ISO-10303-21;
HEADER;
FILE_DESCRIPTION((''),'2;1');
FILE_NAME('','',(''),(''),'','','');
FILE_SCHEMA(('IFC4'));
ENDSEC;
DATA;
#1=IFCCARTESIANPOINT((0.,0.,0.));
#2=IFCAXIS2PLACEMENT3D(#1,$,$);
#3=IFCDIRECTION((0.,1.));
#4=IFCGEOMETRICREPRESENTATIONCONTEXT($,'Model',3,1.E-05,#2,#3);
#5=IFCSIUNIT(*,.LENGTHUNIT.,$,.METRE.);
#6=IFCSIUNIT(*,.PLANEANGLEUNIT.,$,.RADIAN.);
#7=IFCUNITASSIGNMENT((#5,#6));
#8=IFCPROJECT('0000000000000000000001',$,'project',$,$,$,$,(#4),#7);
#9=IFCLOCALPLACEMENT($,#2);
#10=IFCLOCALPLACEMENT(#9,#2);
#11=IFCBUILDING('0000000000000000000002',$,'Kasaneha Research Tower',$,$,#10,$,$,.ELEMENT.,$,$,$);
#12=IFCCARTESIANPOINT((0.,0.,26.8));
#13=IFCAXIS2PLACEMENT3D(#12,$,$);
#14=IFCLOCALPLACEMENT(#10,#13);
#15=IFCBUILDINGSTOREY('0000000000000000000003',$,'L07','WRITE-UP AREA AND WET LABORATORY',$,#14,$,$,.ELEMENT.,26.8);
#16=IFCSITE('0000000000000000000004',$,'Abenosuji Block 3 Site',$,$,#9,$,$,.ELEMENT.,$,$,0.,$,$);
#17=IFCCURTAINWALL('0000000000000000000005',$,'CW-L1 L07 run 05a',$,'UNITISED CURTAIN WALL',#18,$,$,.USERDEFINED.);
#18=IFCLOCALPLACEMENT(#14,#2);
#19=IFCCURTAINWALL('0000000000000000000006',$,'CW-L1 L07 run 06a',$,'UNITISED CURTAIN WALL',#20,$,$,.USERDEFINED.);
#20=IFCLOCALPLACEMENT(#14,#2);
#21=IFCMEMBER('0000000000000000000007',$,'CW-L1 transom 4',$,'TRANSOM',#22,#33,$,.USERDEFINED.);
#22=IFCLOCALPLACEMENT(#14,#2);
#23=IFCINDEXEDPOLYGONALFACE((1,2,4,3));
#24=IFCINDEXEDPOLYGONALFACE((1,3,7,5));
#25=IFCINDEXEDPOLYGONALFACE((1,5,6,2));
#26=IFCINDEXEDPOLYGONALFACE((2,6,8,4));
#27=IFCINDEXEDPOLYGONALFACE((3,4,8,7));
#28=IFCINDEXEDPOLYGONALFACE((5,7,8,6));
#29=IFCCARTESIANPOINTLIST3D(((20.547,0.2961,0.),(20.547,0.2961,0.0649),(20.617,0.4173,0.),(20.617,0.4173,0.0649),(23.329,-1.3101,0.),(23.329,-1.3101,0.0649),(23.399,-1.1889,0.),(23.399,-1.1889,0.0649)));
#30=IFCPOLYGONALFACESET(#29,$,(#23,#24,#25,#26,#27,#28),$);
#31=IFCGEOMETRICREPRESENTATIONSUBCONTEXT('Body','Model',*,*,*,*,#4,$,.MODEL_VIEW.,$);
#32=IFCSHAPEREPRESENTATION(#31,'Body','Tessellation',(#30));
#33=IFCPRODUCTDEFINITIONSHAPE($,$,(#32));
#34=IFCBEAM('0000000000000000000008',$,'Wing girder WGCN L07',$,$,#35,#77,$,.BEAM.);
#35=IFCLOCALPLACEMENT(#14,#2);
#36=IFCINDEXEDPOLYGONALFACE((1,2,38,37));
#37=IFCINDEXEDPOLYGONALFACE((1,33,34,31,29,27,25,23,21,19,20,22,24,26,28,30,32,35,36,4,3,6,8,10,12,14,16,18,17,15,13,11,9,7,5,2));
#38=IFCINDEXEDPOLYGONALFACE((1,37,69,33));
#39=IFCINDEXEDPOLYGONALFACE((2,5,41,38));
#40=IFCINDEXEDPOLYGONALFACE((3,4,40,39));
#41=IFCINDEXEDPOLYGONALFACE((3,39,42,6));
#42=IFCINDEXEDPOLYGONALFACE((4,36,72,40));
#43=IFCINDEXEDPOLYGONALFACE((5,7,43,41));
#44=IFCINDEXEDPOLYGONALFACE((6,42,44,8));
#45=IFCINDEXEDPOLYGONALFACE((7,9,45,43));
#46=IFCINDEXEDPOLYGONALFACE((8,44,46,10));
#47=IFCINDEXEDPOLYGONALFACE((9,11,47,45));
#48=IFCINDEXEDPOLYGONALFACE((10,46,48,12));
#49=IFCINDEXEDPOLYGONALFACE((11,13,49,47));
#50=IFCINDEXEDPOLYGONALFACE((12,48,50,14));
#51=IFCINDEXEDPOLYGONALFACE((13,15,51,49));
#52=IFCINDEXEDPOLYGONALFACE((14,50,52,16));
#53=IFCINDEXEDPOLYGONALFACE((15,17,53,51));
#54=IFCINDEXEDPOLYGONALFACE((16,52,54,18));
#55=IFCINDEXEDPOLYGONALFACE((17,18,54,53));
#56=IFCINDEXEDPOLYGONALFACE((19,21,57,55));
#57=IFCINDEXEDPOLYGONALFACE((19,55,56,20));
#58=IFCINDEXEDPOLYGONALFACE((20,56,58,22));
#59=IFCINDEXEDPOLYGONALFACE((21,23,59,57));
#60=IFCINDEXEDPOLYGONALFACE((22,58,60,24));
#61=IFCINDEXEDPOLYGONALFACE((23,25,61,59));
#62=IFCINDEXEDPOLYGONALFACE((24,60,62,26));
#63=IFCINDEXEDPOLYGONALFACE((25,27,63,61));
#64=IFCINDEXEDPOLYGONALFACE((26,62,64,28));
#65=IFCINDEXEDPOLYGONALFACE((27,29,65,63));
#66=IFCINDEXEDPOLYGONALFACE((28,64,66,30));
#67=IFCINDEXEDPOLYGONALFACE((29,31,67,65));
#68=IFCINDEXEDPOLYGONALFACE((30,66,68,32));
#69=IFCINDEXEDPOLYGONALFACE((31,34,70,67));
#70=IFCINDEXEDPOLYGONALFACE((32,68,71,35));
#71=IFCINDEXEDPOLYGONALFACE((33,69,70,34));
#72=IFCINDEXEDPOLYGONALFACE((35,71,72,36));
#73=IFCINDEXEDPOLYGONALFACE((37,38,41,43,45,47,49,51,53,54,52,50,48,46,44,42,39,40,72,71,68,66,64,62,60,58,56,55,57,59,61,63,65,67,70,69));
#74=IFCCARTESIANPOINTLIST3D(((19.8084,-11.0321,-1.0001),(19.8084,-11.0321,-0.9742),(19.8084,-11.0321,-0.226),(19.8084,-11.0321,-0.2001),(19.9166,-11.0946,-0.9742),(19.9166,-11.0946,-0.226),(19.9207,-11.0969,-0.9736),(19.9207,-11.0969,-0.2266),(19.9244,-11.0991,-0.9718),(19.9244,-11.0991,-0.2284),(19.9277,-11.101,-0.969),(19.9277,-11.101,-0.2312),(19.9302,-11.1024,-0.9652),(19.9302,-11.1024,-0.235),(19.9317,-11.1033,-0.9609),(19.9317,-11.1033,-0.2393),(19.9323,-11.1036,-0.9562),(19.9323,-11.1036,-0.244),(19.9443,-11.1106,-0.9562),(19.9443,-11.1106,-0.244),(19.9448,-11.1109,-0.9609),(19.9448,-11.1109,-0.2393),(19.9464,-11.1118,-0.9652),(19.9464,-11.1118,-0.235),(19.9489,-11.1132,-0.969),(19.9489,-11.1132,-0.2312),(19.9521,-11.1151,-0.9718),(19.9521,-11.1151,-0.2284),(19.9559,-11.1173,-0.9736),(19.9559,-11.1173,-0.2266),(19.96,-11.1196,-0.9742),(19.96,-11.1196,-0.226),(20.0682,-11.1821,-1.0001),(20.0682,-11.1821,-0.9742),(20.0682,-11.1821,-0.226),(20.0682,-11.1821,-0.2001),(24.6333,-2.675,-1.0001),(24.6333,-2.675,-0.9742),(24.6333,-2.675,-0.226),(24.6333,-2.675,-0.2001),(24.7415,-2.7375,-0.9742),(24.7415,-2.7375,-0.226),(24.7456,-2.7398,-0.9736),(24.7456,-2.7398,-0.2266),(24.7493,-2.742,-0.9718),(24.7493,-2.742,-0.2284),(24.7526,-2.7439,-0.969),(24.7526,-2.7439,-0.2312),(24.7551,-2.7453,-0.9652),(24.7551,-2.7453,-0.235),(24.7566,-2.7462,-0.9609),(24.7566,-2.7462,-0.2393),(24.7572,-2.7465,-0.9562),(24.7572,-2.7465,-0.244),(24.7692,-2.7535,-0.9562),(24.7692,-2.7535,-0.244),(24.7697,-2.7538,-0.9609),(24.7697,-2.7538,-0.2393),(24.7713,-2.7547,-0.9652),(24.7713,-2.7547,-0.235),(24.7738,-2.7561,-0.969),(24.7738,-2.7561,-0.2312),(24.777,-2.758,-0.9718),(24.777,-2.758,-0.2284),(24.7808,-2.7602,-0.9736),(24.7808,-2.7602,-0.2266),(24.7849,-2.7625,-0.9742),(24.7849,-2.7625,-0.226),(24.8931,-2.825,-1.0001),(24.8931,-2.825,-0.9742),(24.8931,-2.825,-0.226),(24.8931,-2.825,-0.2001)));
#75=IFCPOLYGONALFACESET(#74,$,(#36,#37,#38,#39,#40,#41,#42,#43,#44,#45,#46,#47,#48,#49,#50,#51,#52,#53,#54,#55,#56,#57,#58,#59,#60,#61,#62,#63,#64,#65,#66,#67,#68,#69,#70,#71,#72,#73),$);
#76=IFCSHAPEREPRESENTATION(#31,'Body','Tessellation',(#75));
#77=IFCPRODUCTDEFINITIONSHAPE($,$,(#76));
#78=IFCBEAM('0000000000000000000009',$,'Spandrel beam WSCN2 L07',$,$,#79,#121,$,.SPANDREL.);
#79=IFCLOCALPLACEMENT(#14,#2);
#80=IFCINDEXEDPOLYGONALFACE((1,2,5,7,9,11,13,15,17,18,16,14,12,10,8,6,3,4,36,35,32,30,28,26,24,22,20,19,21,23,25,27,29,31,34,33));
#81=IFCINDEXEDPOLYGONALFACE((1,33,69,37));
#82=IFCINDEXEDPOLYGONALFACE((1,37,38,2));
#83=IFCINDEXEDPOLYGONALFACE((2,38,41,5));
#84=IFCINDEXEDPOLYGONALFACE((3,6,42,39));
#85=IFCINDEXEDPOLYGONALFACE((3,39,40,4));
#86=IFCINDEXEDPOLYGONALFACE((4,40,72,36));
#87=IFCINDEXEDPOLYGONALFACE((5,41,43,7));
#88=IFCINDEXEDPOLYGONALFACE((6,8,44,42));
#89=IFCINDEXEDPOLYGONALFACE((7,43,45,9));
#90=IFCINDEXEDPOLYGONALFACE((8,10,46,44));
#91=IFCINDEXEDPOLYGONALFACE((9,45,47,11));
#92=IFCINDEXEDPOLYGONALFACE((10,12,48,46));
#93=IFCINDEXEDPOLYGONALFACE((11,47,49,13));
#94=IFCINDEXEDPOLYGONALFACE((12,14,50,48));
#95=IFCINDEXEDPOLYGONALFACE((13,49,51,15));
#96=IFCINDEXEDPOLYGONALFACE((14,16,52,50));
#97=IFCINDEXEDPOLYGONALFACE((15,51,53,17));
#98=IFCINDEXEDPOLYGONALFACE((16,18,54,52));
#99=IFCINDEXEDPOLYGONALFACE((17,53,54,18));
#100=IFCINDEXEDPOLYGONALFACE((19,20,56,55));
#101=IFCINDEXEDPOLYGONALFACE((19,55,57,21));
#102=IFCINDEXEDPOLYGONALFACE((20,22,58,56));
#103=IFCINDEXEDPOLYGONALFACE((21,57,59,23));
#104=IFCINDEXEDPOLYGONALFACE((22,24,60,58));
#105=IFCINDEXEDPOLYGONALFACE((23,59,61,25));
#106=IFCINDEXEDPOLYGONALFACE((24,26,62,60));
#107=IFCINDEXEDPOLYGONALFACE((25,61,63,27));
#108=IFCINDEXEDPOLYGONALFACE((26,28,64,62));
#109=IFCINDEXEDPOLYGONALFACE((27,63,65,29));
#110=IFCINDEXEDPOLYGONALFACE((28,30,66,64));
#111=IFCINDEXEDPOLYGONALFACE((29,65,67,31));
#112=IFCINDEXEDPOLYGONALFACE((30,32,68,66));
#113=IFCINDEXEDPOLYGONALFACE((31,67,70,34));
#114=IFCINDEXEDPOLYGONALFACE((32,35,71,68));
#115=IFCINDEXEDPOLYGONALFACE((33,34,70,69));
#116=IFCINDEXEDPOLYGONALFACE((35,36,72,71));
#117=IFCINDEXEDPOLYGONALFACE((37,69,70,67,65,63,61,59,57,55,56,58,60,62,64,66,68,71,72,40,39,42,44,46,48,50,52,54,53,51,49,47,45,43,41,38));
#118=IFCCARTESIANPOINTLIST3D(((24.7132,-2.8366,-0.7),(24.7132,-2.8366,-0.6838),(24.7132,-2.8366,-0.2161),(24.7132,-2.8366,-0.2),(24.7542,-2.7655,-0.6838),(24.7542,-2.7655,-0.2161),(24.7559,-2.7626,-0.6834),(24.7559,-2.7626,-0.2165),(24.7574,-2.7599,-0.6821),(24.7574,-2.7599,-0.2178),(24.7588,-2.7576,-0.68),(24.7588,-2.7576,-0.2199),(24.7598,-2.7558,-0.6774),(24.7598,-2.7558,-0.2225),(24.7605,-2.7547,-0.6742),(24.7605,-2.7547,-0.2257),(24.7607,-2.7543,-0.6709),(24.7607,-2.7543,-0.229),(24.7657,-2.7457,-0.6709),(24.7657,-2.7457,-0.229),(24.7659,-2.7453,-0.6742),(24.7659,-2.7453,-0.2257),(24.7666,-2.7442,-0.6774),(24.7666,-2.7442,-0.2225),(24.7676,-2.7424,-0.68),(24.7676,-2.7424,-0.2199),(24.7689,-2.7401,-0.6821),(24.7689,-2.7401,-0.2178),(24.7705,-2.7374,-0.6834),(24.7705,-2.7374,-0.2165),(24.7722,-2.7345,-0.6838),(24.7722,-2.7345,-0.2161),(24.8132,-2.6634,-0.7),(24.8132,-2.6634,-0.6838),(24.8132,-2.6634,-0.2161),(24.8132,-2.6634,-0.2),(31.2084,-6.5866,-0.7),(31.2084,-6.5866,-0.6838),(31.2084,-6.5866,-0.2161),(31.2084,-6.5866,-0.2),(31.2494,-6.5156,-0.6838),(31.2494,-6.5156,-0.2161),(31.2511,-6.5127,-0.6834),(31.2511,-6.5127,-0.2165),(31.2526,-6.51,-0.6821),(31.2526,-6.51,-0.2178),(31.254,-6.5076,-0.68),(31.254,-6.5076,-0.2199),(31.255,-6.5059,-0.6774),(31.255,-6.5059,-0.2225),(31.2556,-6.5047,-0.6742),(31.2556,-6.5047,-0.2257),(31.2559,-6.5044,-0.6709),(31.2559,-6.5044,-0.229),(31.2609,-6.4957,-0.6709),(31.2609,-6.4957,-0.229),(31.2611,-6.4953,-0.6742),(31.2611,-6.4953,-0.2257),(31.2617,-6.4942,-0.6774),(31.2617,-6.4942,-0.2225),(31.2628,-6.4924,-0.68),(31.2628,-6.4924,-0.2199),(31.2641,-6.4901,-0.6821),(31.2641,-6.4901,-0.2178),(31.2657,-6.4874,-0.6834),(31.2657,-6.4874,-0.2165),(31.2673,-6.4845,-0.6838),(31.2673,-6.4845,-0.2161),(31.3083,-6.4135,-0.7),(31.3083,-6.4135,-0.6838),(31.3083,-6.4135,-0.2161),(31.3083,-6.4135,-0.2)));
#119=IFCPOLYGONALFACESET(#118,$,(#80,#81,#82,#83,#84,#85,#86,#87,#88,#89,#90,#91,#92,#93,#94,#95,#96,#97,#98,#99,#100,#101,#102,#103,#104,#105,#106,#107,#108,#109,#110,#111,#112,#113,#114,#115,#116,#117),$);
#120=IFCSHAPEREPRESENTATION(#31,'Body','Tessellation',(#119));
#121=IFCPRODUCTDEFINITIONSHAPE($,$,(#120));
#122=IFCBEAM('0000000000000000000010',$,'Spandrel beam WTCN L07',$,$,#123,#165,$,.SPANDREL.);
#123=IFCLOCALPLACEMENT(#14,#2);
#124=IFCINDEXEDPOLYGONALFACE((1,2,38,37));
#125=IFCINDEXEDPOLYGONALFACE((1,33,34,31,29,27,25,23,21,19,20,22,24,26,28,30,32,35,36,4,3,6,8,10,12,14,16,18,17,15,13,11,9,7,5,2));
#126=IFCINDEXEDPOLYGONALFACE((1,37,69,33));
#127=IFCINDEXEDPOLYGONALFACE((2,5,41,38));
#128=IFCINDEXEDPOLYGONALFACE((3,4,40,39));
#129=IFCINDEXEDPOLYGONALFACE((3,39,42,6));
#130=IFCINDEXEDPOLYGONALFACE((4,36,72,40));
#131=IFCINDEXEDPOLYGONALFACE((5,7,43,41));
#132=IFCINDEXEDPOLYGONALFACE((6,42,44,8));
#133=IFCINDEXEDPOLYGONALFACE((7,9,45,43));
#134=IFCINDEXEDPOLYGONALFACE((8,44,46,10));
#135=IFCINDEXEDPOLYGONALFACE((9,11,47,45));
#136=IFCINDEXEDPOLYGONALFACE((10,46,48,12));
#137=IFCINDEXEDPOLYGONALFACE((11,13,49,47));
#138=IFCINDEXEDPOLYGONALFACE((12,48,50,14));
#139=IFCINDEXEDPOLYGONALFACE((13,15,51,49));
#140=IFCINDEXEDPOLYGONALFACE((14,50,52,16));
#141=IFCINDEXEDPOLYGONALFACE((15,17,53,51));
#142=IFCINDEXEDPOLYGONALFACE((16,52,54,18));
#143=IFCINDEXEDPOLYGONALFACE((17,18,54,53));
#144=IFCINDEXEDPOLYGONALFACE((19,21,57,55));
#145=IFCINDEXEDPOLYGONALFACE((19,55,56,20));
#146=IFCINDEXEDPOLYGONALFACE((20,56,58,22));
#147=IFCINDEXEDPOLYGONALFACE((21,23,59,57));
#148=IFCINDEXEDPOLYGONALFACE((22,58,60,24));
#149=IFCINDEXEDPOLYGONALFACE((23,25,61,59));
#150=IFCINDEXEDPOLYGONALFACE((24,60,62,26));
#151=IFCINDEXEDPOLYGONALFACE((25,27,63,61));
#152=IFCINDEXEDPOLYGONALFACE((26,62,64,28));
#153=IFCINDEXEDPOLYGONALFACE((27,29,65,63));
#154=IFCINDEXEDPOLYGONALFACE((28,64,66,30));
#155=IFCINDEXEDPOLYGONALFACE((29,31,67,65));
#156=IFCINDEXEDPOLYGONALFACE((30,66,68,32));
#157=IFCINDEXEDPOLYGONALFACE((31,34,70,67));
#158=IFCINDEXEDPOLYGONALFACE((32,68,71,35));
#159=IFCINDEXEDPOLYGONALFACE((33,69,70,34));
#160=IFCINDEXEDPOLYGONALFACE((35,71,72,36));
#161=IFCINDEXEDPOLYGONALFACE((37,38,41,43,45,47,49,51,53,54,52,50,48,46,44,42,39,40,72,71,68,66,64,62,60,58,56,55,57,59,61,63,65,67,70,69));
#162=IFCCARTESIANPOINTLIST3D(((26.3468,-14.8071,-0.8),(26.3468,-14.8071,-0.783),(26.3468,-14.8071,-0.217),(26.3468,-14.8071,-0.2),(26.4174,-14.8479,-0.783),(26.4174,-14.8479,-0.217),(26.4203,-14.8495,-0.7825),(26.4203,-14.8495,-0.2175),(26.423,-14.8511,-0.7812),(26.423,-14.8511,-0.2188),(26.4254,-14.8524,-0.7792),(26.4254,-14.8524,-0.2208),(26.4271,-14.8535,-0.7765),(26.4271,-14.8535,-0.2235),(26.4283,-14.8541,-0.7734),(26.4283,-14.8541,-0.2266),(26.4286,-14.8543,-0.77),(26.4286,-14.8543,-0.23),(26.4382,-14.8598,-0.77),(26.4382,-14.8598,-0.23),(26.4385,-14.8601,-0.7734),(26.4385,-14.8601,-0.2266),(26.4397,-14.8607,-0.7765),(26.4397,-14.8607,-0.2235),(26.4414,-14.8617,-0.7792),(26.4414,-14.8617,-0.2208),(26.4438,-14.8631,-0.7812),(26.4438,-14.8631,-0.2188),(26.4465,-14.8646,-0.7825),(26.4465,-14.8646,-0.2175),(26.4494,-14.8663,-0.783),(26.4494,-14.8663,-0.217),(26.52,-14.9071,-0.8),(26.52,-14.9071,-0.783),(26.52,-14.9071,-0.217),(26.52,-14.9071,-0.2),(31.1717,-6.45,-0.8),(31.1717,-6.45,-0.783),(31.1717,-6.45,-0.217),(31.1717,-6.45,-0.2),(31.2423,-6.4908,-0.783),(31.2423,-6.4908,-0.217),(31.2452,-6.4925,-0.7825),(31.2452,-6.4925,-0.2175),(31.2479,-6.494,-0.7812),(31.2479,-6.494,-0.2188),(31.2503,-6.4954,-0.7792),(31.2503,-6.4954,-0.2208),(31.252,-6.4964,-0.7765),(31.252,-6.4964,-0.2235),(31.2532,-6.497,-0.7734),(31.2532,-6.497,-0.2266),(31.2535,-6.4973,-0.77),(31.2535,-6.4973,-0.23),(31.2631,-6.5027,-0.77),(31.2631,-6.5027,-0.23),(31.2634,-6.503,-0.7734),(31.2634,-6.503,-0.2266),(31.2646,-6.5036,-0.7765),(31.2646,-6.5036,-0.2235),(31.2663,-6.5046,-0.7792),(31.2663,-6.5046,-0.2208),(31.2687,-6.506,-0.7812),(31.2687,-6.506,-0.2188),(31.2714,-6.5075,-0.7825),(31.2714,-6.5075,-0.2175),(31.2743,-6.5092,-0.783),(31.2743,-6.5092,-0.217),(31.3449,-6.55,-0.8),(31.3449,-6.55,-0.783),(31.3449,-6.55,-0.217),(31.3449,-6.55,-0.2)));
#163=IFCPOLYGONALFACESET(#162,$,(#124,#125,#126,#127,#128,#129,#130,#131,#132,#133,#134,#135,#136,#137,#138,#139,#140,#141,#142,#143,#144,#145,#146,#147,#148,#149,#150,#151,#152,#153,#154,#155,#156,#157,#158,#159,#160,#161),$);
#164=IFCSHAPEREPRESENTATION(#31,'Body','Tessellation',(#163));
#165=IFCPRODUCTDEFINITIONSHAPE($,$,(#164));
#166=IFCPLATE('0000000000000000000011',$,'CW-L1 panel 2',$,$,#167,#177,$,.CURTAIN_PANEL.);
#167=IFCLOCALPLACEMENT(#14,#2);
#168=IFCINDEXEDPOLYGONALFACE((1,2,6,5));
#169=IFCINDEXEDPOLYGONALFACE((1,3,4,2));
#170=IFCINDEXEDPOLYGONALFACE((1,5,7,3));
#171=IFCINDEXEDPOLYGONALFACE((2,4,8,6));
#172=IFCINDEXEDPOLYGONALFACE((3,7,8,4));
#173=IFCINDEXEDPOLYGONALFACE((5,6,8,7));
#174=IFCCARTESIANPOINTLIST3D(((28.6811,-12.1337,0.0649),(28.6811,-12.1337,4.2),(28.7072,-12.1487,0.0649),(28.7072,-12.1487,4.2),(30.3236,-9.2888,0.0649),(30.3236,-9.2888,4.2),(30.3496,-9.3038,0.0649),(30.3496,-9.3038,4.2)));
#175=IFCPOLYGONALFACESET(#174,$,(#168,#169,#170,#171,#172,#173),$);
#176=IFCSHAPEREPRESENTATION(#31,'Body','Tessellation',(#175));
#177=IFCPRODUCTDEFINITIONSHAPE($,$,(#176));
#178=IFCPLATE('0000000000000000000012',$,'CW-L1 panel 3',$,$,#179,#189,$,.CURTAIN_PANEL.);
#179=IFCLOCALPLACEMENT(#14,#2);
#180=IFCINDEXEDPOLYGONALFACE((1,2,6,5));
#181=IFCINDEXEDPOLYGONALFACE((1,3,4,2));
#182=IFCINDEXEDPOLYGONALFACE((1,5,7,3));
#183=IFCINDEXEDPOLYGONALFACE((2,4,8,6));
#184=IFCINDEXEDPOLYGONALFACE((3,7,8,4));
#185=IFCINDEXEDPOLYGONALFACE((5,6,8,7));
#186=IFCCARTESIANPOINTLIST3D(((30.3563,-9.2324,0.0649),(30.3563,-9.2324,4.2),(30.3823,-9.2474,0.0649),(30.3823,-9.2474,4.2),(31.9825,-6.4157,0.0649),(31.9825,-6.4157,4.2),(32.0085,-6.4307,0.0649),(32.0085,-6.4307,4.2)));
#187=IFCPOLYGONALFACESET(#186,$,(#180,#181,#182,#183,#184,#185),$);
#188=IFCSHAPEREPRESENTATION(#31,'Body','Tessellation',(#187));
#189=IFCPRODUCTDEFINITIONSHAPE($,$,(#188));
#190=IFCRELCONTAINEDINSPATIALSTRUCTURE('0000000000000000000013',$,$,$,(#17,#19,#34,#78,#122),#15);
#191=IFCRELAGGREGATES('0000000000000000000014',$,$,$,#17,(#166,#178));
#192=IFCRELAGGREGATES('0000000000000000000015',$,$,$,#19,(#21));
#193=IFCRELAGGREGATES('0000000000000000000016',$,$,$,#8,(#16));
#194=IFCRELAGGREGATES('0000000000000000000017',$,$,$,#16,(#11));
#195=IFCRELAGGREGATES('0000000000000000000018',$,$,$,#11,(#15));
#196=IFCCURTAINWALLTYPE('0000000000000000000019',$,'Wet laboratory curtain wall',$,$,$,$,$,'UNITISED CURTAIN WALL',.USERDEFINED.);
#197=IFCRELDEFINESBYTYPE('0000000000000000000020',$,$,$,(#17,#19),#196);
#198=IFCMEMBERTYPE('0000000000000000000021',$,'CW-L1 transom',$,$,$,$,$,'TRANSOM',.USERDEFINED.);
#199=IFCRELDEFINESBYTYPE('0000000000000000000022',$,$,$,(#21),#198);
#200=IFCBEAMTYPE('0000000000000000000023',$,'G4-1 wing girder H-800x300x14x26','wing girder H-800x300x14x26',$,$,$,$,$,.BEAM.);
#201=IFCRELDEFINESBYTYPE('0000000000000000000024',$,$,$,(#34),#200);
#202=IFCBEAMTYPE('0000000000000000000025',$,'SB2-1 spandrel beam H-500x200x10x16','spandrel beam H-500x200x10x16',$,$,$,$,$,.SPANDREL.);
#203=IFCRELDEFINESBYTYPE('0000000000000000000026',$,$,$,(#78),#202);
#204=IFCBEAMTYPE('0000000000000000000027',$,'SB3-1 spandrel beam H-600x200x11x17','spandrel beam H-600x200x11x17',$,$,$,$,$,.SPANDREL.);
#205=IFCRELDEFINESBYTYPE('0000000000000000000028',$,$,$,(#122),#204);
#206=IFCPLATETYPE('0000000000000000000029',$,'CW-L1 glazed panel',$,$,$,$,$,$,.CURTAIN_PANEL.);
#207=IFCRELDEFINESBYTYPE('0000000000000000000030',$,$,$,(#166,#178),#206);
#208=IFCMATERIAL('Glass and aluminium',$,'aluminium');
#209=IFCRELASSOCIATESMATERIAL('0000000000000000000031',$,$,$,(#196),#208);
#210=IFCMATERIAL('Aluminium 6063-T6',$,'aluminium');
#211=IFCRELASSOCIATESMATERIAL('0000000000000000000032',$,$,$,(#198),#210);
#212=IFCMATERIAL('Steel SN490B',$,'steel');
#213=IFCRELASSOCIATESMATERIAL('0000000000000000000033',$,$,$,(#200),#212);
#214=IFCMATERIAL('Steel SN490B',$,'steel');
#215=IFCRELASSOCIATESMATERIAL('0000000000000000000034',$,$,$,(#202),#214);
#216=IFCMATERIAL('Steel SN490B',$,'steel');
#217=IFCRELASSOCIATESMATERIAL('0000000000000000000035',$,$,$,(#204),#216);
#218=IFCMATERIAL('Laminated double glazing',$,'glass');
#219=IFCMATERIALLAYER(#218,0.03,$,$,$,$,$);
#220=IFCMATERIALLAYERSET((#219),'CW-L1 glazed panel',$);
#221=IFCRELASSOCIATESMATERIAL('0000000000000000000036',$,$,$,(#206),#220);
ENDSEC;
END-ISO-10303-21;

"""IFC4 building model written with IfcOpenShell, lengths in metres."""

from ifc_helpers import new_model, si_unit, direction, frame, origin, origin_2d, place, context, subcontext, project, spatial, rectangle, i_section, extrude, material, layer, layer_set, material_profile, profile_set, type_object, element, aggregate, save


model = new_model("IFC4")

# Units and contexts
model_context = context("Model", 3, precision=1e-05, world=origin(), true_north=direction((0.0, 1.0)))
body_context = subcontext(model_context, "Body", "Model", "MODEL_VIEW")
ifc_project = project(units=[si_unit("LENGTHUNIT", "METRE"), si_unit("PLANEANGLEUNIT", "RADIAN")], contexts=[model_context])

# Site, building, storey
site_placement = place(None, origin())
site = spatial("IfcSite", under=ifc_project, at=site_placement, Name="Abenosuji Block 3 Site", CompositionType="ELEMENT", RefElevation=0.0)
building_placement = place(site_placement, origin())
building = spatial("IfcBuilding", under=site, at=building_placement, Name="Kasaneha Research Tower", CompositionType="ELEMENT")
storey_placement = place(building_placement, frame((0.0, 0.0, 26.8)))
storey = spatial("IfcBuildingStorey", under=building, at=storey_placement, Name="L07", Description="WRITE-UP AREA AND WET LABORATORY", CompositionType="ELEMENT", Elevation=26.8)

# Curtain walls
ifc_material_1 = material(Name="Glass and aluminium", Category="aluminium")
curtain_wall_type = type_object("IfcCurtainWallType", Name="Wet laboratory curtain wall", ElementType="UNITISED CURTAIN WALL", PredefinedType="USERDEFINED", material=ifc_material_1)
curtain_wall_1_placement = place(storey_placement, origin())
curtain_wall_1 = element("IfcCurtainWall", 1, at=curtain_wall_1_placement, inside=storey, type_object=curtain_wall_type, Name="CW-L1 L07 run 05a", ObjectType="UNITISED CURTAIN WALL", PredefinedType="USERDEFINED")
curtain_wall_2_placement = place(storey_placement, origin())
curtain_wall_2 = element("IfcCurtainWall", 2, at=curtain_wall_2_placement, inside=storey, type_object=curtain_wall_type, Name="CW-L1 L07 run 06a", ObjectType="UNITISED CURTAIN WALL", PredefinedType="USERDEFINED")

# Member
ifc_material_2 = material(Name="Aluminium 6063-T6", Category="aluminium")
ifc_material_profile_1 = material_profile(ifc_material_2, rectangle(XDim=0.1399, YDim=0.0649, at=origin_2d()), Name="CW-L1 transom 140x65")
ifc_profile_set_1 = profile_set([ifc_material_profile_1], Name="Aluminium 6063-T6")
member_type_1 = type_object("IfcMemberType", Name="CW-L1 transom", ElementType="TRANSOM", PredefinedType="USERDEFINED", material=ifc_profile_set_1)
member_1_placement = place(storey_placement, frame((23.364, -1.2495, 0.0325), z_axis=(-0.866022, 0.500005, 0.0), x_axis=(-0.500005, -0.866022, 0.0)))
member_1 = element("IfcMember", 3, at=member_1_placement, type_object=member_type_1, Name="CW-L1 transom 4", ObjectType="TRANSOM", PredefinedType="USERDEFINED", context=body_context, shape_type="SweptSolid", body=[
    extrude(rectangle(XDim=0.1399, YDim=0.0649, at=origin_2d()), origin(), (0.0, 0.0, 1.0), 3.2124),
])

# Beams
ifc_material_3 = material(Name="Steel SN490B", Category="steel")
ifc_material_profile_2 = material_profile(ifc_material_3, i_section(OverallWidth=0.3, OverallDepth=0.8, WebThickness=0.0139, FlangeThickness=0.0259, FilletRadius=0.0181, at=origin_2d()), Name="H-800x300x14x26")
ifc_profile_set_2 = profile_set([ifc_material_profile_2], Name="Steel SN490B")
beam_type_1 = type_object("IfcBeamType", Name="G4-1 wing girder H-800x300x14x26", Description="wing girder H-800x300x14x26", PredefinedType="BEAM", material=ifc_profile_set_2)
beam_1_placement = place(storey_placement, frame((24.7632, -2.75, -0.6001), z_axis=(-0.499995, -0.866028, 0.0), x_axis=(0.866028, -0.499995, 0.0)))
element("IfcBeam", 4, at=beam_1_placement, inside=storey, type_object=beam_type_1, Name="Wing girder WGCN L07", PredefinedType="BEAM", context=body_context, shape_type="SweptSolid", body=[
    extrude(i_section(OverallWidth=0.3, OverallDepth=0.8, WebThickness=0.0139, FlangeThickness=0.0259, FilletRadius=0.0181, at=origin_2d()), origin(), (0.0, 0.0, 1.0), 9.6499),
])
ifc_material_4 = material(Name="Steel SN490B", Category="steel")
ifc_material_profile_3 = material_profile(ifc_material_4, i_section(OverallWidth=0.2, OverallDepth=0.5, WebThickness=0.01, FlangeThickness=0.0161, FilletRadius=0.0129, at=origin_2d()), Name="H-500x200x10x16")
ifc_profile_set_3 = profile_set([ifc_material_profile_3], Name="Steel SN490B")
beam_type_2 = type_object("IfcBeamType", Name="SB2-1 spandrel beam H-500x200x10x16", Description="spandrel beam H-500x200x10x16", PredefinedType="SPANDREL", material=ifc_profile_set_3)
beam_2_placement = place(storey_placement, frame((24.7632, -2.75, -0.45), z_axis=(0.866023, -0.500004, 0.0), x_axis=(0.500004, 0.866023, 0.0)))
element("IfcBeam", 5, at=beam_2_placement, inside=storey, type_object=beam_type_2, Name="Spandrel beam WSCN2 L07", PredefinedType="SPANDREL", context=body_context, shape_type="SweptSolid", body=[
    extrude(i_section(OverallWidth=0.2, OverallDepth=0.5, WebThickness=0.01, FlangeThickness=0.0161, FilletRadius=0.0129, at=origin_2d()), origin(), (0.0, 0.0, 1.0), 7.5),
])
ifc_material_5 = material(Name="Steel SN490B", Category="steel")
ifc_material_profile_4 = material_profile(ifc_material_5, i_section(OverallWidth=0.2, OverallDepth=0.6001, WebThickness=0.011, FlangeThickness=0.0171, FilletRadius=0.0129, at=origin_2d()), Name="H-600x200x11x17")
ifc_profile_set_4 = profile_set([ifc_material_profile_4], Name="Steel SN490B")
beam_type_3 = type_object("IfcBeamType", Name="SB3-1 spandrel beam H-600x200x11x17", Description="spandrel beam H-600x200x11x17", PredefinedType="SPANDREL", material=ifc_profile_set_4)
beam_3_placement = place(storey_placement, frame((31.2583, -6.5, -0.5), z_axis=(-0.499995, -0.866028, 0.0), x_axis=(0.866028, -0.499995, 0.0)))
element("IfcBeam", 6, at=beam_3_placement, inside=storey, type_object=beam_type_3, Name="Spandrel beam WTCN L07", PredefinedType="SPANDREL", context=body_context, shape_type="SweptSolid", body=[
    extrude(i_section(OverallWidth=0.2, OverallDepth=0.6001, WebThickness=0.011, FlangeThickness=0.0171, FilletRadius=0.0129, at=origin_2d()), origin(), (0.0, 0.0, 1.0), 9.6499),
])

# Plates
ifc_material_6 = material(Name="Laminated double glazing", Category="glass")
ifc_layer_1 = layer(ifc_material_6, 0.03)
ifc_layer_set_1 = layer_set([ifc_layer_1], Name="CW-L1 glazed panel")
plate_type = type_object("IfcPlateType", Name="CW-L1 glazed panel", PredefinedType="CURTAIN_PANEL", material=ifc_layer_set_1)
plate_1_placement = place(storey_placement, frame((29.5154, -10.7188, 0.0649), z_axis=(0.0, 0.0, 1.0), x_axis=(0.5, 0.866025, 0.0)))
plate_1 = element("IfcPlate", 7, at=plate_1_placement, type_object=plate_type, Name="CW-L1 panel 2", PredefinedType="CURTAIN_PANEL", context=body_context, shape_type="SweptSolid", body=[
    extrude(rectangle(XDim=3.2849, YDim=0.03, at=origin_2d()), origin(), (0.0, 0.0, 1.0), 4.135),
])
plate_2_placement = place(storey_placement, frame((31.1824, -7.8315, 0.0649), z_axis=(0.0, 0.0, 1.0), x_axis=(0.5, 0.866025, 0.0)))
plate_2 = element("IfcPlate", 8, at=plate_2_placement, type_object=plate_type, Name="CW-L1 panel 3", PredefinedType="CURTAIN_PANEL", context=body_context, shape_type="SweptSolid", body=[
    extrude(rectangle(XDim=3.2524, YDim=0.03, at=origin_2d()), origin(), (0.0, 0.0, 1.0), 4.135),
])
aggregate(curtain_wall_1, [plate_1, plate_2])
aggregate(curtain_wall_2, [member_1])

save(model, "model.ifc")
